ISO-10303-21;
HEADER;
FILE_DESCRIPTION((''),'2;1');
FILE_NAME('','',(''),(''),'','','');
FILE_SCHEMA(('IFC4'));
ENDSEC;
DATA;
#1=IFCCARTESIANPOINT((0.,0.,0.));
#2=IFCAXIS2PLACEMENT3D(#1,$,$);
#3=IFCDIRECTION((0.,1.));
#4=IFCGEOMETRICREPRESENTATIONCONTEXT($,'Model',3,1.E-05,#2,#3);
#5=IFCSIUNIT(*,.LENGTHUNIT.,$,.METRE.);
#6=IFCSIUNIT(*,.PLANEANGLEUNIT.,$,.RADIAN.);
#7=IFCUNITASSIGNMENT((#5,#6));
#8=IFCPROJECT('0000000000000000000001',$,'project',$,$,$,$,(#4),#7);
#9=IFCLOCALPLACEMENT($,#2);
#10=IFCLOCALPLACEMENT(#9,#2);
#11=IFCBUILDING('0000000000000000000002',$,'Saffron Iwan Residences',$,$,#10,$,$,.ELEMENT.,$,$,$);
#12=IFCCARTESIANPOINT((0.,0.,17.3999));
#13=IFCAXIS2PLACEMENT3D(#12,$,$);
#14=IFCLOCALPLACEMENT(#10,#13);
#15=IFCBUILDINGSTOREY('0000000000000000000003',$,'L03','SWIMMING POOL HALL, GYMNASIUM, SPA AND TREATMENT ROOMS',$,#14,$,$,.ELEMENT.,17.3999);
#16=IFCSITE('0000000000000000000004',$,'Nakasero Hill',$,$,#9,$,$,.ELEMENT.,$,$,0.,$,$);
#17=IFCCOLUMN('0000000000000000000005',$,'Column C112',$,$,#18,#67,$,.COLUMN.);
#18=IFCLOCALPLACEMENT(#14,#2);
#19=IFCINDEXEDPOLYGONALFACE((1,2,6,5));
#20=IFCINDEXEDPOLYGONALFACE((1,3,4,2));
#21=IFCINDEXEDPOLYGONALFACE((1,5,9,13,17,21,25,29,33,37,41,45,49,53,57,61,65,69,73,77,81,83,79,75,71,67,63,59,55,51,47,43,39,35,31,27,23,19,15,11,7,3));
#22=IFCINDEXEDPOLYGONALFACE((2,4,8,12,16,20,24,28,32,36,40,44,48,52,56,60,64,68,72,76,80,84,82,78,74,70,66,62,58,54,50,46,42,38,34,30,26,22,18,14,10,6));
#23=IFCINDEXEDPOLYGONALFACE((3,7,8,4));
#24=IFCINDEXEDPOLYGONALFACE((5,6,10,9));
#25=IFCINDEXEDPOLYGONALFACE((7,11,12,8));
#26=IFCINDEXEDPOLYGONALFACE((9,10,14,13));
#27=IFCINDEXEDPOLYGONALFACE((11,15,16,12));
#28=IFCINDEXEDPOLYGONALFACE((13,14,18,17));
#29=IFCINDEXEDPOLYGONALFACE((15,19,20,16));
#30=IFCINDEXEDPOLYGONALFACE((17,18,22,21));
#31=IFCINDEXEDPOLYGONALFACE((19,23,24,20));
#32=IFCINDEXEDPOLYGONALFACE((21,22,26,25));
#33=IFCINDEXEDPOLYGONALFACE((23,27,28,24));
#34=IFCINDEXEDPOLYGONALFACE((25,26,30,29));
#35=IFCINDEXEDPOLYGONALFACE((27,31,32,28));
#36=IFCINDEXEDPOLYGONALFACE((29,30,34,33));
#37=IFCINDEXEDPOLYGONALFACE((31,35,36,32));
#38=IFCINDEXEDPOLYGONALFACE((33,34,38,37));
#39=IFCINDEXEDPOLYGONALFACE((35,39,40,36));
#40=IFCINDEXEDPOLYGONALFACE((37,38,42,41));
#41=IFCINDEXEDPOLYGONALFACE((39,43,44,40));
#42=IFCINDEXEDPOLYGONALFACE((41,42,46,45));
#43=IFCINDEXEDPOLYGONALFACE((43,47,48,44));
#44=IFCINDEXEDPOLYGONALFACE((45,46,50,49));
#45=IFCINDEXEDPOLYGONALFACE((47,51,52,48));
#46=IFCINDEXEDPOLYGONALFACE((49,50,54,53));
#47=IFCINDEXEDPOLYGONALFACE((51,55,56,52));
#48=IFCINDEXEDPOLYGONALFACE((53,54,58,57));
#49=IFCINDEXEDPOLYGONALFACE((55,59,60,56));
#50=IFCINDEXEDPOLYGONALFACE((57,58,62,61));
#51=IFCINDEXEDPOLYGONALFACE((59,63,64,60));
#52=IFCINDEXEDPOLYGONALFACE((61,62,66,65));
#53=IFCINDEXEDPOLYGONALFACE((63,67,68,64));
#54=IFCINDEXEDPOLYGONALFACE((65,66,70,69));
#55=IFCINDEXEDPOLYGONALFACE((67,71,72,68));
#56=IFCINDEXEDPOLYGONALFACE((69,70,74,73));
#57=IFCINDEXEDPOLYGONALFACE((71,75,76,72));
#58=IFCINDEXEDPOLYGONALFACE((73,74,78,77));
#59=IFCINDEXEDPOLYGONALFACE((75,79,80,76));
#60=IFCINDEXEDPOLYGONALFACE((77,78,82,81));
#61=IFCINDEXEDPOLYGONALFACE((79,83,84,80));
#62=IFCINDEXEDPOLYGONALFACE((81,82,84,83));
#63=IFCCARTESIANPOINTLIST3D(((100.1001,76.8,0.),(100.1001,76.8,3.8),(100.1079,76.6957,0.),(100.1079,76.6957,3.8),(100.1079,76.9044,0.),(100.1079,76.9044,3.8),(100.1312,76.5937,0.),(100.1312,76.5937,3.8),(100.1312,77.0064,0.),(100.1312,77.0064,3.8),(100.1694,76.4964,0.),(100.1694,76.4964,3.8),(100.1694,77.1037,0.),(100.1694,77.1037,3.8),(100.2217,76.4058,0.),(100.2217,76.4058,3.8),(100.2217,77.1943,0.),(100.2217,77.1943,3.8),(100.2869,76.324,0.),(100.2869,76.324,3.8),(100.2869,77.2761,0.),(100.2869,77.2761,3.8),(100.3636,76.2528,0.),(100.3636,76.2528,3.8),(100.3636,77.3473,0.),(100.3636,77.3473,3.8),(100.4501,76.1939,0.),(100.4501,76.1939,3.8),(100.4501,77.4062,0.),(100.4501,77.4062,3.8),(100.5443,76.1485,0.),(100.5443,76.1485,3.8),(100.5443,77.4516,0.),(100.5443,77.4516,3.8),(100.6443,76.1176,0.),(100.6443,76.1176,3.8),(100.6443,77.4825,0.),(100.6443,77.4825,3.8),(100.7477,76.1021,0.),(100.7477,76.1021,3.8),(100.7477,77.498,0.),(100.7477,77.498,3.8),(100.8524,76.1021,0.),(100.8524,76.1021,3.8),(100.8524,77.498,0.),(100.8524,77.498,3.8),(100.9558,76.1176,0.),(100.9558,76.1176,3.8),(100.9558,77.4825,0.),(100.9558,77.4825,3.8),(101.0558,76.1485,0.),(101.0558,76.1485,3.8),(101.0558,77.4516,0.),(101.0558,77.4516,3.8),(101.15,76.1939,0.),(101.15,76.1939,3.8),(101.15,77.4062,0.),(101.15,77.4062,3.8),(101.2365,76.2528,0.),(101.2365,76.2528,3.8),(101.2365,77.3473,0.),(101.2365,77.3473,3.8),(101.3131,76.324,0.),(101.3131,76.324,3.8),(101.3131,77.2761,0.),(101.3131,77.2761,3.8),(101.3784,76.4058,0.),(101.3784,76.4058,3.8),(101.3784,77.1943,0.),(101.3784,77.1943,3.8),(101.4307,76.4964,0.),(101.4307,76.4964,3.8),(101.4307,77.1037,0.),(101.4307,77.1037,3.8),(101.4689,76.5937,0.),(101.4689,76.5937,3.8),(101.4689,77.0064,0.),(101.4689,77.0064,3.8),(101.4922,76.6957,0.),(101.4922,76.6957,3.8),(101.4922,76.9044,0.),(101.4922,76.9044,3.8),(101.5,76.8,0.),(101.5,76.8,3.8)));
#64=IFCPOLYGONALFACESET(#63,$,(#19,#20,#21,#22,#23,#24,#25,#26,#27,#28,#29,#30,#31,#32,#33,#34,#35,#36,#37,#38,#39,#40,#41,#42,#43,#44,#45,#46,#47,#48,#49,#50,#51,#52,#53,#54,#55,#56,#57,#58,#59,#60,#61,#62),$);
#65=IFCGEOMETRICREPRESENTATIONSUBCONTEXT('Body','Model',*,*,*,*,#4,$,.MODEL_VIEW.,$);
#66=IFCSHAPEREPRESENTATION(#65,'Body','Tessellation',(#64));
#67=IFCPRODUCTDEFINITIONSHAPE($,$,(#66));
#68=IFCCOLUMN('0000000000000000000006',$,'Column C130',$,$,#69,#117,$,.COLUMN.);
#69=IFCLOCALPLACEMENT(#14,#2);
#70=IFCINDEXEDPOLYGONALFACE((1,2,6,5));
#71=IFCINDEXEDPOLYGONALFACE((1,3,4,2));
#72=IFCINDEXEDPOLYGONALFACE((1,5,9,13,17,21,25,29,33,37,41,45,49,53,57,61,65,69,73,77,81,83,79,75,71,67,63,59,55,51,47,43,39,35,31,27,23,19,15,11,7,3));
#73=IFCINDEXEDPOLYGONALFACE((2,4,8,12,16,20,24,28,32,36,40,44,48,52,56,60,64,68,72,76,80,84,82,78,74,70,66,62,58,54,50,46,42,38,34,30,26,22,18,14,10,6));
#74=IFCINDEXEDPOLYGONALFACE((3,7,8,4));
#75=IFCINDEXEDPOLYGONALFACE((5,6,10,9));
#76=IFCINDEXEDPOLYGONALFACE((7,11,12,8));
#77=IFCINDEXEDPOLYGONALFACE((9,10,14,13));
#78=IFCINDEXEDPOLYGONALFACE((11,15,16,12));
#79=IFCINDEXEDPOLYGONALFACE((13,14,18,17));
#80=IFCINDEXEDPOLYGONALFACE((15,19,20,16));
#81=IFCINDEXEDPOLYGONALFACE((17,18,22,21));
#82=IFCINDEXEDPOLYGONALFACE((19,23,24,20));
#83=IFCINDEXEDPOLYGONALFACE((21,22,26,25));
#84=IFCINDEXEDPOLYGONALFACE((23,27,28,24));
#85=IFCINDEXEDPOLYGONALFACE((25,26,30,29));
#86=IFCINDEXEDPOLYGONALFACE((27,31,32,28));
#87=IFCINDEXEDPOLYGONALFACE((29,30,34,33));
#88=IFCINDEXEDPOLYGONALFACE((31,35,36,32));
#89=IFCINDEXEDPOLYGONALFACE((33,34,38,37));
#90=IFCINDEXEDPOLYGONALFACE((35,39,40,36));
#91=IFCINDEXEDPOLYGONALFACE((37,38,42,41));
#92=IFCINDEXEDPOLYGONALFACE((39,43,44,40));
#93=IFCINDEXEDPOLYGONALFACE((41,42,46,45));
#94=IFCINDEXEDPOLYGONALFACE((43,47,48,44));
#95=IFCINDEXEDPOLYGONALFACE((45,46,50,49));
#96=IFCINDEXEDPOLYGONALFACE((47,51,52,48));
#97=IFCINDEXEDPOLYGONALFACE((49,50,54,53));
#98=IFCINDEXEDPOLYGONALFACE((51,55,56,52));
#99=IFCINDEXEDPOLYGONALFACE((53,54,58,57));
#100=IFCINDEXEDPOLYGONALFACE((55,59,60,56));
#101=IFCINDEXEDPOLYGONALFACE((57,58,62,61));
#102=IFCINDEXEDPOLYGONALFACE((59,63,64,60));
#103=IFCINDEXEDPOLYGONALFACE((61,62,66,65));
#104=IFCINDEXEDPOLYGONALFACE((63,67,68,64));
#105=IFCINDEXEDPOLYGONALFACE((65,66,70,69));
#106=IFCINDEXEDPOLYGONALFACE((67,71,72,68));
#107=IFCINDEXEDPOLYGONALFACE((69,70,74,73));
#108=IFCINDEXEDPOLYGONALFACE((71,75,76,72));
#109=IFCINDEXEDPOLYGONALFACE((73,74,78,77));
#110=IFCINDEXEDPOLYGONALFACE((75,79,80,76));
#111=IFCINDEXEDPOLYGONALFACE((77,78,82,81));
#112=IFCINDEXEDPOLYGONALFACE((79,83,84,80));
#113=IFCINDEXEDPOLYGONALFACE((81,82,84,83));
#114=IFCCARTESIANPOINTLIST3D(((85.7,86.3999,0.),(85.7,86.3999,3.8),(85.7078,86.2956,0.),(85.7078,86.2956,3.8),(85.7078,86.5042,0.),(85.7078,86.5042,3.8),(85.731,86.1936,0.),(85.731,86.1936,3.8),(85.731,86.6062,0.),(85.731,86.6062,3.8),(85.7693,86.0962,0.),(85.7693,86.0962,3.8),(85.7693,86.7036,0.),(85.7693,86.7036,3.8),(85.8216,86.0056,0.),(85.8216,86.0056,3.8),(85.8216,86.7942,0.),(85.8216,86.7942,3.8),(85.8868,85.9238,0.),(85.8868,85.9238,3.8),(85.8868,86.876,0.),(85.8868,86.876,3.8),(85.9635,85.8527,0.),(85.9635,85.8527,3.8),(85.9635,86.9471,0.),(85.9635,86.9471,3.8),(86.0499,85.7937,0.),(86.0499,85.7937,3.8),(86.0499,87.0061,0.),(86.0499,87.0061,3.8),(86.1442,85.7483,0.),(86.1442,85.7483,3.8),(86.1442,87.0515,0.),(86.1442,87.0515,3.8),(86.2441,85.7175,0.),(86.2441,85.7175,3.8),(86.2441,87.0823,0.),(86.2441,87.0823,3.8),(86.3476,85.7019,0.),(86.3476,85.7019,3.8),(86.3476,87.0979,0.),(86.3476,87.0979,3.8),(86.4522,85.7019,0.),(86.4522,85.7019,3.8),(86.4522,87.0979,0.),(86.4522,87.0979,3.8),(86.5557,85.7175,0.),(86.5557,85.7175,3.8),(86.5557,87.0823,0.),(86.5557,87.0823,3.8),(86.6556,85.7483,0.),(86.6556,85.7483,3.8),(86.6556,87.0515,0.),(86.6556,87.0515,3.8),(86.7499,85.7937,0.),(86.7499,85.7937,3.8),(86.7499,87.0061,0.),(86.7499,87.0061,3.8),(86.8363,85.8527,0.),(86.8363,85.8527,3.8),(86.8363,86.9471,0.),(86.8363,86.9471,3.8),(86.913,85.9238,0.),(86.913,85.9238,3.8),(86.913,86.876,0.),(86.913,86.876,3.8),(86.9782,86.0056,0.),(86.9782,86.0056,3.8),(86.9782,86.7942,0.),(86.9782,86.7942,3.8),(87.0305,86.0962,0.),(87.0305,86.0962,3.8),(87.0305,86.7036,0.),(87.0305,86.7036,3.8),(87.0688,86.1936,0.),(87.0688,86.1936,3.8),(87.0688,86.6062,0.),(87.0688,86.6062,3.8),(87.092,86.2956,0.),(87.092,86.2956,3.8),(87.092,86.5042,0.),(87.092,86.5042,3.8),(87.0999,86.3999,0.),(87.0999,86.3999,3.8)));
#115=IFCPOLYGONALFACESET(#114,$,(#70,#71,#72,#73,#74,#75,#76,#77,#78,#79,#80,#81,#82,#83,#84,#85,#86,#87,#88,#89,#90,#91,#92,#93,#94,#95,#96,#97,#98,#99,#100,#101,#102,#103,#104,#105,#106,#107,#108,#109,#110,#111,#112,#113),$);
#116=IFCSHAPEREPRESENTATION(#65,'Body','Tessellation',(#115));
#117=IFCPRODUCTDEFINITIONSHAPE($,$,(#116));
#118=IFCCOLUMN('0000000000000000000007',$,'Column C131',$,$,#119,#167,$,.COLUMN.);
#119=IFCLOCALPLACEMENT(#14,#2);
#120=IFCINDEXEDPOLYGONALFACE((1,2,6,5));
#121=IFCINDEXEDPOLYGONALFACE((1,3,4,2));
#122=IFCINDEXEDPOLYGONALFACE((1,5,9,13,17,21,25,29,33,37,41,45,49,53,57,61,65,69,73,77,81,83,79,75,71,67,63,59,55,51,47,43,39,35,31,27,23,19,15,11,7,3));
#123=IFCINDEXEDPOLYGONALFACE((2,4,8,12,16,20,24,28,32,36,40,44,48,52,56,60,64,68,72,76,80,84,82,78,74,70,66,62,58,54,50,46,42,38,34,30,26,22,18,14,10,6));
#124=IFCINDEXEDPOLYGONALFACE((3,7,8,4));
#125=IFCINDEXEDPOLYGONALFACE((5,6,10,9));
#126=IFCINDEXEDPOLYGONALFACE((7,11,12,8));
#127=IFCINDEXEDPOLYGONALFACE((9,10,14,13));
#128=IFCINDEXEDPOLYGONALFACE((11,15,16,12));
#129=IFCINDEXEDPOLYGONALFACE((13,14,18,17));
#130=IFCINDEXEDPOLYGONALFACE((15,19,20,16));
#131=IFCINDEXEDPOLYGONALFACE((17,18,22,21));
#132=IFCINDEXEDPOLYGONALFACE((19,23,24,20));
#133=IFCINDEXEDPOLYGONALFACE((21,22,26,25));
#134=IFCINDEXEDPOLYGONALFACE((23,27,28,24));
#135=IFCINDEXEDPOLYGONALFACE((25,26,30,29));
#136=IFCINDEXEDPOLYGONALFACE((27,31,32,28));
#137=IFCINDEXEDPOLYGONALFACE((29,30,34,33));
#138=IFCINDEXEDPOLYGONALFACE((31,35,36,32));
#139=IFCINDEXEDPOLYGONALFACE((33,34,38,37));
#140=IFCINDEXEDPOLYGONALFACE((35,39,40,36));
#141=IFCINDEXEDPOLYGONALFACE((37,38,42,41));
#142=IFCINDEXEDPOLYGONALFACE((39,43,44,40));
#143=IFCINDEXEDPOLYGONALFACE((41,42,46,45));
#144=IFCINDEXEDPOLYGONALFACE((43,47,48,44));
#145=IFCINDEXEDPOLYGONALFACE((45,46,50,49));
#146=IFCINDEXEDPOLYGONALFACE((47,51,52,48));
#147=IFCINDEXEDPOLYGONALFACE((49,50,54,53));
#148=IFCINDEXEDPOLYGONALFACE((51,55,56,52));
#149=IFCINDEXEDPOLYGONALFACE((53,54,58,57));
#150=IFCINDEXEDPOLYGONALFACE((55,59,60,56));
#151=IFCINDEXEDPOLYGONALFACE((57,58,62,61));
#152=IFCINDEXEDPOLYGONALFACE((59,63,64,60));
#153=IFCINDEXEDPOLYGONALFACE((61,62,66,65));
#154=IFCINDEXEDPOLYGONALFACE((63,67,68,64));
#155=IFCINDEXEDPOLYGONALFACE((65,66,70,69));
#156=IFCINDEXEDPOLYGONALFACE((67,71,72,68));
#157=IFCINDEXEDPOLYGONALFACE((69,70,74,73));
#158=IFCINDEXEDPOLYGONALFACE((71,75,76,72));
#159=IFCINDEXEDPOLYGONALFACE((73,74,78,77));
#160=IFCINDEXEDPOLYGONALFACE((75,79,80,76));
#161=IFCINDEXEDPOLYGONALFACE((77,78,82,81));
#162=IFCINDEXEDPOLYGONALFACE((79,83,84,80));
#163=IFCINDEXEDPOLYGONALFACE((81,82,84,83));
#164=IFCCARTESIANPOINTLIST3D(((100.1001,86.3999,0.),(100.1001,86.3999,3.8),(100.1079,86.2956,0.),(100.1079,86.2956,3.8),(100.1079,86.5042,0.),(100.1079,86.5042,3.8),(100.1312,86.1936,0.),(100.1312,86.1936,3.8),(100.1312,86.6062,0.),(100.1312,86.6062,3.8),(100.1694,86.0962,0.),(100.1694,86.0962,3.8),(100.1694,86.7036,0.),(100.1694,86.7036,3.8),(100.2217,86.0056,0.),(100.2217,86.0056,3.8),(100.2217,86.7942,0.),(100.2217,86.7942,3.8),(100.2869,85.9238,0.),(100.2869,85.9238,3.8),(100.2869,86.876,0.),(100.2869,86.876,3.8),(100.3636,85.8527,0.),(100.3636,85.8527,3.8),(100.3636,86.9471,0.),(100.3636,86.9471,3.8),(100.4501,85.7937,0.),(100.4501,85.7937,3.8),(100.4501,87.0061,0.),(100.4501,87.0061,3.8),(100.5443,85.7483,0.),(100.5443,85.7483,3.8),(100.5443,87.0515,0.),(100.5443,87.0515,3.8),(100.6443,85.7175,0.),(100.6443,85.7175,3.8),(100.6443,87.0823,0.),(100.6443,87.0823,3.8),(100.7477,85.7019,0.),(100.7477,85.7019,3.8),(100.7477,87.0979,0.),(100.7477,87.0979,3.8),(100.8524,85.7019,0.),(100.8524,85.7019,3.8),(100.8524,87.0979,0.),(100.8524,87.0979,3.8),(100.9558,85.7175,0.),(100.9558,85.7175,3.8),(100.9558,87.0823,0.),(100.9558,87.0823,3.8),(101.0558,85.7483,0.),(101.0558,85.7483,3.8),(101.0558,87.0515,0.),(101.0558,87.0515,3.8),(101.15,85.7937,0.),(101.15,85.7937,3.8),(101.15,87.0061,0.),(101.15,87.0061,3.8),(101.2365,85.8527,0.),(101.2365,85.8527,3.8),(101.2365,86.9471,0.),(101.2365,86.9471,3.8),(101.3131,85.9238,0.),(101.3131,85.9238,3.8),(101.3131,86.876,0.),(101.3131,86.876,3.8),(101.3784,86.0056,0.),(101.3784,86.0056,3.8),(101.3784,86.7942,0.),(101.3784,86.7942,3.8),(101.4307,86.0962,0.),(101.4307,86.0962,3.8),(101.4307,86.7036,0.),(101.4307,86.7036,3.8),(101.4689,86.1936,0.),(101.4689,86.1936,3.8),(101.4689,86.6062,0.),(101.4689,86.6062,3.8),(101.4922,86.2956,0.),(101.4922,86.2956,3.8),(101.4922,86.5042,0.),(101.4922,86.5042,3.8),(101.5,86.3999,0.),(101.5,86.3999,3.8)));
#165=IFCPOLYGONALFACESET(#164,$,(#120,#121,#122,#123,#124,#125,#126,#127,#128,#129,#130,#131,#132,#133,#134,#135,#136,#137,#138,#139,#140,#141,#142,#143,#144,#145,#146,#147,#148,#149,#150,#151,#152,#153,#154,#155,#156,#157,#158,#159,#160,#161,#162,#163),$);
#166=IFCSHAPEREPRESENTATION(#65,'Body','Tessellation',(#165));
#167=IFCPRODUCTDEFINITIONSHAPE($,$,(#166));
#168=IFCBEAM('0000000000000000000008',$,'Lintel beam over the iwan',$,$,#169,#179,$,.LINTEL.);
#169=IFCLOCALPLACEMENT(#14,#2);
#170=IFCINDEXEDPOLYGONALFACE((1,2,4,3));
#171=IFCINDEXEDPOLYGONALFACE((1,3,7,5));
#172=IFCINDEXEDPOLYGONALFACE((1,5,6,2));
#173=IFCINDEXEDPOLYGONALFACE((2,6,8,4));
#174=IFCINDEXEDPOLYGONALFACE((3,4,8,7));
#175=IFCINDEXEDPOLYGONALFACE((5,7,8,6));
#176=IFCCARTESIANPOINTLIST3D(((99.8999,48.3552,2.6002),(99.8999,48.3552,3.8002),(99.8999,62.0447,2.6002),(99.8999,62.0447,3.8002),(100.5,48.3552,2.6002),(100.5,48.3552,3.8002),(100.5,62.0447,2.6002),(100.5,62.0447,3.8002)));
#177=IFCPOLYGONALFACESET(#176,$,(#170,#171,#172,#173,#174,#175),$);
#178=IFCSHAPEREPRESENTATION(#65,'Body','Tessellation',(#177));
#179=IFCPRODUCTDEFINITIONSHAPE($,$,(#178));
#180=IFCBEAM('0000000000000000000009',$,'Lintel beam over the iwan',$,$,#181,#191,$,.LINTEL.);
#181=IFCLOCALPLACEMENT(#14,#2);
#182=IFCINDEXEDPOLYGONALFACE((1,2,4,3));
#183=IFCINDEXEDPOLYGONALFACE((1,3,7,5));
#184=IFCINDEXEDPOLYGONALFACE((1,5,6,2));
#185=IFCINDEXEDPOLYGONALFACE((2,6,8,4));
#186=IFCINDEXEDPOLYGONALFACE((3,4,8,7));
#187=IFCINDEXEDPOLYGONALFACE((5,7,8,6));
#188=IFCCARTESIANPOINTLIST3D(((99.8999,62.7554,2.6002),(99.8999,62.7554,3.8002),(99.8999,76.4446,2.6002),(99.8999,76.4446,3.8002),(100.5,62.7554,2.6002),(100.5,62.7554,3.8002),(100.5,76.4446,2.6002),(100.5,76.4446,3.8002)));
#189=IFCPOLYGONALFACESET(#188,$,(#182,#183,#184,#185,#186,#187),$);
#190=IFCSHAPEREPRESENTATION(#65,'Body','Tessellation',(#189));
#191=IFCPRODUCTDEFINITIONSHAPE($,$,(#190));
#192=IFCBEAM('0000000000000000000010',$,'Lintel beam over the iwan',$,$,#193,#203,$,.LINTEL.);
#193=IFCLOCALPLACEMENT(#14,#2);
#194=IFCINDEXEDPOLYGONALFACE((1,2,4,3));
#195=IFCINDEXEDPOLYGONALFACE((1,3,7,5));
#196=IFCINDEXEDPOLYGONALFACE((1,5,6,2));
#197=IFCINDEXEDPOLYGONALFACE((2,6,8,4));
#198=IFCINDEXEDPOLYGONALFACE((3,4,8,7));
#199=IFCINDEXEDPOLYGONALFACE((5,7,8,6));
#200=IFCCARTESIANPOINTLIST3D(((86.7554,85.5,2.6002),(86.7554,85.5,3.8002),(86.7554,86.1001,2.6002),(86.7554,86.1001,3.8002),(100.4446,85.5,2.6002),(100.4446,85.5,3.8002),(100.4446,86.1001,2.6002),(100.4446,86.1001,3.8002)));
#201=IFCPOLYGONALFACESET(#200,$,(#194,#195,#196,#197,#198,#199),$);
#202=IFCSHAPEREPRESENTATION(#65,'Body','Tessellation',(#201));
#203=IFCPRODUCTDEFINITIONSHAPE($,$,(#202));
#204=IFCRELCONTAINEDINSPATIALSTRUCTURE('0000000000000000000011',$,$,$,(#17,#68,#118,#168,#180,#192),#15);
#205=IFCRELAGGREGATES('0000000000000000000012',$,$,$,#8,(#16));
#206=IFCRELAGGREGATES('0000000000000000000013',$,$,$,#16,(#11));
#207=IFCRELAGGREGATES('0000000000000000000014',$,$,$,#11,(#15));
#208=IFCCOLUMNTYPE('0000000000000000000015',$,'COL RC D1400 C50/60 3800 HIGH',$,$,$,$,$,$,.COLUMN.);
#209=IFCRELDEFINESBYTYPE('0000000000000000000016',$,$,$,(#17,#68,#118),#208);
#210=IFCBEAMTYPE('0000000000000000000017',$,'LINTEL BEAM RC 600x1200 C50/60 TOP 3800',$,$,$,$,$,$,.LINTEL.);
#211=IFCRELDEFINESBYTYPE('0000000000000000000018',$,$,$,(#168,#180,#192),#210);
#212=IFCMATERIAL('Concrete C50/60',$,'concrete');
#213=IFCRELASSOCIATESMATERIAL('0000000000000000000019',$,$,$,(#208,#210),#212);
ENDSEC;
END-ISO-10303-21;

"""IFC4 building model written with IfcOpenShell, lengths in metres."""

from ifc_helpers import new_model, si_unit, direction, frame, origin, origin_2d, place, context, subcontext, project, spatial, rectangle, circle, extrude, source, transform, mapped, material, material_profile, profile_set, type_object, element, save


model = new_model("IFC4")

# Units and contexts
model_context = context("Model", 3, precision=1e-05, world=origin(), true_north=direction((0.0, 1.0)))
body_context = subcontext(model_context, "Body", "Model", "MODEL_VIEW")
ifc_project = project(units=[si_unit("LENGTHUNIT", "METRE"), si_unit("PLANEANGLEUNIT", "RADIAN")], contexts=[model_context])

# Site, building, storey
site_placement = place(None, origin())
site = spatial("IfcSite", under=ifc_project, at=site_placement, Name="Nakasero Hill", CompositionType="ELEMENT", RefElevation=0.0)
building_placement = place(site_placement, origin())
building = spatial("IfcBuilding", under=site, at=building_placement, Name="Saffron Iwan Residences", CompositionType="ELEMENT")
storey_placement = place(building_placement, frame((0.0, 0.0, 17.3999)))
storey = spatial("IfcBuildingStorey", under=building, at=storey_placement, Name="L03", Description="SWIMMING POOL HALL, GYMNASIUM, SPA AND TREATMENT ROOMS", CompositionType="ELEMENT", Elevation=17.3999)

# Columns
ifc_material_1 = material(Name="Concrete C50/60", Category="concrete")
ifc_material_profile_1 = material_profile(ifc_material_1, circle(Radius=0.7, at=origin_2d()), Name="RC D1400")
ifc_profile_set_1 = profile_set([ifc_material_profile_1], Name="Concrete C50/60")
column_type = type_object("IfcColumnType", Name="COL RC D1400 C50/60 3800 HIGH", PredefinedType="COLUMN", material=ifc_profile_set_1)
shared_shape_1 = source(origin(), body_context, "Body", "SweptSolid", [
    extrude(circle(Radius=0.7, at=origin_2d()), origin(), (0.0, 0.0, 1.0), 3.8),
])
for number, where, z_axis, x_axis, name in (
    (1, (100.8, 76.8, 0.0), (0.0, 0.0, 1.0), (1.0, 0.0, 0.0), "Column C112"),
    (2, (86.3999, 86.3999, 0.0), (0.0, 0.0, 1.0), (1.0, 0.0, 0.0), "Column C130"),
    (3, (100.8, 86.3999, 0.0), (0.0, 0.0, 1.0), (1.0, 0.0, 0.0), "Column C131"),
):
    element("IfcColumn", number, at=place(storey_placement, frame(where, z_axis=z_axis, x_axis=x_axis)), inside=storey, type_object=column_type, Name=name, PredefinedType="COLUMN", context=body_context, shape_type="MappedRepresentation", body=[
        mapped(shared_shape_1, transform((0.0, 0.0, 0.0))),
    ])

# Beams
ifc_material_profile_2 = material_profile(ifc_material_1, rectangle(XDim=0.6001, YDim=1.2, at=origin_2d()), Name="RC 600x1200")
ifc_profile_set_2 = profile_set([ifc_material_profile_2], Name="Concrete C50/60")
beam_type_1 = type_object("IfcBeamType", Name="LINTEL BEAM RC 600x1200 C50/60 TOP 3800", PredefinedType="LINTEL", material=ifc_profile_set_2)
shared_shape_2 = source(origin(), body_context, "Body", "SweptSolid", [
    extrude(rectangle(XDim=0.6001, YDim=1.2, at=origin_2d()), origin(), (0.0, 0.0, 1.0), 13.6895),
])
beam_1_placement = place(storey_placement, frame((100.2, 62.0447, 3.2002), z_axis=(0.0, -1.0, 0.0), x_axis=(1.0, 0.0, 0.0)))
element("IfcBeam", 4, at=beam_1_placement, inside=storey, type_object=beam_type_1, Name="Lintel beam over the iwan", PredefinedType="LINTEL", context=body_context, shape_type="MappedRepresentation", body=[
    mapped(shared_shape_2, transform((0.0, 0.0, 0.0))),
])
shared_shape_3 = source(origin(), body_context, "Body", "SweptSolid", [
    extrude(rectangle(XDim=0.6001, YDim=1.2, at=origin_2d()), origin(), (0.0, 0.0, 1.0), 13.6892),
])
for number, where, z_axis, x_axis, name in (
    (5, (100.2, 76.4446, 3.2002), (0.0, -1.0, 0.0), (1.0, 0.0, 0.0), "Lintel beam over the iwan"),
    (6, (86.7554, 85.8, 3.2002), (1.0, 0.0, 0.0), (0.0, 1.0, 0.0), "Lintel beam over the iwan"),
):
    element("IfcBeam", number, at=place(storey_placement, frame(where, z_axis=z_axis, x_axis=x_axis)), inside=storey, type_object=beam_type_1, Name=name, PredefinedType="LINTEL", context=body_context, shape_type="MappedRepresentation", body=[
        mapped(shared_shape_3, transform((0.0, 0.0, 0.0))),
    ])

save(model, "model.ifc")
